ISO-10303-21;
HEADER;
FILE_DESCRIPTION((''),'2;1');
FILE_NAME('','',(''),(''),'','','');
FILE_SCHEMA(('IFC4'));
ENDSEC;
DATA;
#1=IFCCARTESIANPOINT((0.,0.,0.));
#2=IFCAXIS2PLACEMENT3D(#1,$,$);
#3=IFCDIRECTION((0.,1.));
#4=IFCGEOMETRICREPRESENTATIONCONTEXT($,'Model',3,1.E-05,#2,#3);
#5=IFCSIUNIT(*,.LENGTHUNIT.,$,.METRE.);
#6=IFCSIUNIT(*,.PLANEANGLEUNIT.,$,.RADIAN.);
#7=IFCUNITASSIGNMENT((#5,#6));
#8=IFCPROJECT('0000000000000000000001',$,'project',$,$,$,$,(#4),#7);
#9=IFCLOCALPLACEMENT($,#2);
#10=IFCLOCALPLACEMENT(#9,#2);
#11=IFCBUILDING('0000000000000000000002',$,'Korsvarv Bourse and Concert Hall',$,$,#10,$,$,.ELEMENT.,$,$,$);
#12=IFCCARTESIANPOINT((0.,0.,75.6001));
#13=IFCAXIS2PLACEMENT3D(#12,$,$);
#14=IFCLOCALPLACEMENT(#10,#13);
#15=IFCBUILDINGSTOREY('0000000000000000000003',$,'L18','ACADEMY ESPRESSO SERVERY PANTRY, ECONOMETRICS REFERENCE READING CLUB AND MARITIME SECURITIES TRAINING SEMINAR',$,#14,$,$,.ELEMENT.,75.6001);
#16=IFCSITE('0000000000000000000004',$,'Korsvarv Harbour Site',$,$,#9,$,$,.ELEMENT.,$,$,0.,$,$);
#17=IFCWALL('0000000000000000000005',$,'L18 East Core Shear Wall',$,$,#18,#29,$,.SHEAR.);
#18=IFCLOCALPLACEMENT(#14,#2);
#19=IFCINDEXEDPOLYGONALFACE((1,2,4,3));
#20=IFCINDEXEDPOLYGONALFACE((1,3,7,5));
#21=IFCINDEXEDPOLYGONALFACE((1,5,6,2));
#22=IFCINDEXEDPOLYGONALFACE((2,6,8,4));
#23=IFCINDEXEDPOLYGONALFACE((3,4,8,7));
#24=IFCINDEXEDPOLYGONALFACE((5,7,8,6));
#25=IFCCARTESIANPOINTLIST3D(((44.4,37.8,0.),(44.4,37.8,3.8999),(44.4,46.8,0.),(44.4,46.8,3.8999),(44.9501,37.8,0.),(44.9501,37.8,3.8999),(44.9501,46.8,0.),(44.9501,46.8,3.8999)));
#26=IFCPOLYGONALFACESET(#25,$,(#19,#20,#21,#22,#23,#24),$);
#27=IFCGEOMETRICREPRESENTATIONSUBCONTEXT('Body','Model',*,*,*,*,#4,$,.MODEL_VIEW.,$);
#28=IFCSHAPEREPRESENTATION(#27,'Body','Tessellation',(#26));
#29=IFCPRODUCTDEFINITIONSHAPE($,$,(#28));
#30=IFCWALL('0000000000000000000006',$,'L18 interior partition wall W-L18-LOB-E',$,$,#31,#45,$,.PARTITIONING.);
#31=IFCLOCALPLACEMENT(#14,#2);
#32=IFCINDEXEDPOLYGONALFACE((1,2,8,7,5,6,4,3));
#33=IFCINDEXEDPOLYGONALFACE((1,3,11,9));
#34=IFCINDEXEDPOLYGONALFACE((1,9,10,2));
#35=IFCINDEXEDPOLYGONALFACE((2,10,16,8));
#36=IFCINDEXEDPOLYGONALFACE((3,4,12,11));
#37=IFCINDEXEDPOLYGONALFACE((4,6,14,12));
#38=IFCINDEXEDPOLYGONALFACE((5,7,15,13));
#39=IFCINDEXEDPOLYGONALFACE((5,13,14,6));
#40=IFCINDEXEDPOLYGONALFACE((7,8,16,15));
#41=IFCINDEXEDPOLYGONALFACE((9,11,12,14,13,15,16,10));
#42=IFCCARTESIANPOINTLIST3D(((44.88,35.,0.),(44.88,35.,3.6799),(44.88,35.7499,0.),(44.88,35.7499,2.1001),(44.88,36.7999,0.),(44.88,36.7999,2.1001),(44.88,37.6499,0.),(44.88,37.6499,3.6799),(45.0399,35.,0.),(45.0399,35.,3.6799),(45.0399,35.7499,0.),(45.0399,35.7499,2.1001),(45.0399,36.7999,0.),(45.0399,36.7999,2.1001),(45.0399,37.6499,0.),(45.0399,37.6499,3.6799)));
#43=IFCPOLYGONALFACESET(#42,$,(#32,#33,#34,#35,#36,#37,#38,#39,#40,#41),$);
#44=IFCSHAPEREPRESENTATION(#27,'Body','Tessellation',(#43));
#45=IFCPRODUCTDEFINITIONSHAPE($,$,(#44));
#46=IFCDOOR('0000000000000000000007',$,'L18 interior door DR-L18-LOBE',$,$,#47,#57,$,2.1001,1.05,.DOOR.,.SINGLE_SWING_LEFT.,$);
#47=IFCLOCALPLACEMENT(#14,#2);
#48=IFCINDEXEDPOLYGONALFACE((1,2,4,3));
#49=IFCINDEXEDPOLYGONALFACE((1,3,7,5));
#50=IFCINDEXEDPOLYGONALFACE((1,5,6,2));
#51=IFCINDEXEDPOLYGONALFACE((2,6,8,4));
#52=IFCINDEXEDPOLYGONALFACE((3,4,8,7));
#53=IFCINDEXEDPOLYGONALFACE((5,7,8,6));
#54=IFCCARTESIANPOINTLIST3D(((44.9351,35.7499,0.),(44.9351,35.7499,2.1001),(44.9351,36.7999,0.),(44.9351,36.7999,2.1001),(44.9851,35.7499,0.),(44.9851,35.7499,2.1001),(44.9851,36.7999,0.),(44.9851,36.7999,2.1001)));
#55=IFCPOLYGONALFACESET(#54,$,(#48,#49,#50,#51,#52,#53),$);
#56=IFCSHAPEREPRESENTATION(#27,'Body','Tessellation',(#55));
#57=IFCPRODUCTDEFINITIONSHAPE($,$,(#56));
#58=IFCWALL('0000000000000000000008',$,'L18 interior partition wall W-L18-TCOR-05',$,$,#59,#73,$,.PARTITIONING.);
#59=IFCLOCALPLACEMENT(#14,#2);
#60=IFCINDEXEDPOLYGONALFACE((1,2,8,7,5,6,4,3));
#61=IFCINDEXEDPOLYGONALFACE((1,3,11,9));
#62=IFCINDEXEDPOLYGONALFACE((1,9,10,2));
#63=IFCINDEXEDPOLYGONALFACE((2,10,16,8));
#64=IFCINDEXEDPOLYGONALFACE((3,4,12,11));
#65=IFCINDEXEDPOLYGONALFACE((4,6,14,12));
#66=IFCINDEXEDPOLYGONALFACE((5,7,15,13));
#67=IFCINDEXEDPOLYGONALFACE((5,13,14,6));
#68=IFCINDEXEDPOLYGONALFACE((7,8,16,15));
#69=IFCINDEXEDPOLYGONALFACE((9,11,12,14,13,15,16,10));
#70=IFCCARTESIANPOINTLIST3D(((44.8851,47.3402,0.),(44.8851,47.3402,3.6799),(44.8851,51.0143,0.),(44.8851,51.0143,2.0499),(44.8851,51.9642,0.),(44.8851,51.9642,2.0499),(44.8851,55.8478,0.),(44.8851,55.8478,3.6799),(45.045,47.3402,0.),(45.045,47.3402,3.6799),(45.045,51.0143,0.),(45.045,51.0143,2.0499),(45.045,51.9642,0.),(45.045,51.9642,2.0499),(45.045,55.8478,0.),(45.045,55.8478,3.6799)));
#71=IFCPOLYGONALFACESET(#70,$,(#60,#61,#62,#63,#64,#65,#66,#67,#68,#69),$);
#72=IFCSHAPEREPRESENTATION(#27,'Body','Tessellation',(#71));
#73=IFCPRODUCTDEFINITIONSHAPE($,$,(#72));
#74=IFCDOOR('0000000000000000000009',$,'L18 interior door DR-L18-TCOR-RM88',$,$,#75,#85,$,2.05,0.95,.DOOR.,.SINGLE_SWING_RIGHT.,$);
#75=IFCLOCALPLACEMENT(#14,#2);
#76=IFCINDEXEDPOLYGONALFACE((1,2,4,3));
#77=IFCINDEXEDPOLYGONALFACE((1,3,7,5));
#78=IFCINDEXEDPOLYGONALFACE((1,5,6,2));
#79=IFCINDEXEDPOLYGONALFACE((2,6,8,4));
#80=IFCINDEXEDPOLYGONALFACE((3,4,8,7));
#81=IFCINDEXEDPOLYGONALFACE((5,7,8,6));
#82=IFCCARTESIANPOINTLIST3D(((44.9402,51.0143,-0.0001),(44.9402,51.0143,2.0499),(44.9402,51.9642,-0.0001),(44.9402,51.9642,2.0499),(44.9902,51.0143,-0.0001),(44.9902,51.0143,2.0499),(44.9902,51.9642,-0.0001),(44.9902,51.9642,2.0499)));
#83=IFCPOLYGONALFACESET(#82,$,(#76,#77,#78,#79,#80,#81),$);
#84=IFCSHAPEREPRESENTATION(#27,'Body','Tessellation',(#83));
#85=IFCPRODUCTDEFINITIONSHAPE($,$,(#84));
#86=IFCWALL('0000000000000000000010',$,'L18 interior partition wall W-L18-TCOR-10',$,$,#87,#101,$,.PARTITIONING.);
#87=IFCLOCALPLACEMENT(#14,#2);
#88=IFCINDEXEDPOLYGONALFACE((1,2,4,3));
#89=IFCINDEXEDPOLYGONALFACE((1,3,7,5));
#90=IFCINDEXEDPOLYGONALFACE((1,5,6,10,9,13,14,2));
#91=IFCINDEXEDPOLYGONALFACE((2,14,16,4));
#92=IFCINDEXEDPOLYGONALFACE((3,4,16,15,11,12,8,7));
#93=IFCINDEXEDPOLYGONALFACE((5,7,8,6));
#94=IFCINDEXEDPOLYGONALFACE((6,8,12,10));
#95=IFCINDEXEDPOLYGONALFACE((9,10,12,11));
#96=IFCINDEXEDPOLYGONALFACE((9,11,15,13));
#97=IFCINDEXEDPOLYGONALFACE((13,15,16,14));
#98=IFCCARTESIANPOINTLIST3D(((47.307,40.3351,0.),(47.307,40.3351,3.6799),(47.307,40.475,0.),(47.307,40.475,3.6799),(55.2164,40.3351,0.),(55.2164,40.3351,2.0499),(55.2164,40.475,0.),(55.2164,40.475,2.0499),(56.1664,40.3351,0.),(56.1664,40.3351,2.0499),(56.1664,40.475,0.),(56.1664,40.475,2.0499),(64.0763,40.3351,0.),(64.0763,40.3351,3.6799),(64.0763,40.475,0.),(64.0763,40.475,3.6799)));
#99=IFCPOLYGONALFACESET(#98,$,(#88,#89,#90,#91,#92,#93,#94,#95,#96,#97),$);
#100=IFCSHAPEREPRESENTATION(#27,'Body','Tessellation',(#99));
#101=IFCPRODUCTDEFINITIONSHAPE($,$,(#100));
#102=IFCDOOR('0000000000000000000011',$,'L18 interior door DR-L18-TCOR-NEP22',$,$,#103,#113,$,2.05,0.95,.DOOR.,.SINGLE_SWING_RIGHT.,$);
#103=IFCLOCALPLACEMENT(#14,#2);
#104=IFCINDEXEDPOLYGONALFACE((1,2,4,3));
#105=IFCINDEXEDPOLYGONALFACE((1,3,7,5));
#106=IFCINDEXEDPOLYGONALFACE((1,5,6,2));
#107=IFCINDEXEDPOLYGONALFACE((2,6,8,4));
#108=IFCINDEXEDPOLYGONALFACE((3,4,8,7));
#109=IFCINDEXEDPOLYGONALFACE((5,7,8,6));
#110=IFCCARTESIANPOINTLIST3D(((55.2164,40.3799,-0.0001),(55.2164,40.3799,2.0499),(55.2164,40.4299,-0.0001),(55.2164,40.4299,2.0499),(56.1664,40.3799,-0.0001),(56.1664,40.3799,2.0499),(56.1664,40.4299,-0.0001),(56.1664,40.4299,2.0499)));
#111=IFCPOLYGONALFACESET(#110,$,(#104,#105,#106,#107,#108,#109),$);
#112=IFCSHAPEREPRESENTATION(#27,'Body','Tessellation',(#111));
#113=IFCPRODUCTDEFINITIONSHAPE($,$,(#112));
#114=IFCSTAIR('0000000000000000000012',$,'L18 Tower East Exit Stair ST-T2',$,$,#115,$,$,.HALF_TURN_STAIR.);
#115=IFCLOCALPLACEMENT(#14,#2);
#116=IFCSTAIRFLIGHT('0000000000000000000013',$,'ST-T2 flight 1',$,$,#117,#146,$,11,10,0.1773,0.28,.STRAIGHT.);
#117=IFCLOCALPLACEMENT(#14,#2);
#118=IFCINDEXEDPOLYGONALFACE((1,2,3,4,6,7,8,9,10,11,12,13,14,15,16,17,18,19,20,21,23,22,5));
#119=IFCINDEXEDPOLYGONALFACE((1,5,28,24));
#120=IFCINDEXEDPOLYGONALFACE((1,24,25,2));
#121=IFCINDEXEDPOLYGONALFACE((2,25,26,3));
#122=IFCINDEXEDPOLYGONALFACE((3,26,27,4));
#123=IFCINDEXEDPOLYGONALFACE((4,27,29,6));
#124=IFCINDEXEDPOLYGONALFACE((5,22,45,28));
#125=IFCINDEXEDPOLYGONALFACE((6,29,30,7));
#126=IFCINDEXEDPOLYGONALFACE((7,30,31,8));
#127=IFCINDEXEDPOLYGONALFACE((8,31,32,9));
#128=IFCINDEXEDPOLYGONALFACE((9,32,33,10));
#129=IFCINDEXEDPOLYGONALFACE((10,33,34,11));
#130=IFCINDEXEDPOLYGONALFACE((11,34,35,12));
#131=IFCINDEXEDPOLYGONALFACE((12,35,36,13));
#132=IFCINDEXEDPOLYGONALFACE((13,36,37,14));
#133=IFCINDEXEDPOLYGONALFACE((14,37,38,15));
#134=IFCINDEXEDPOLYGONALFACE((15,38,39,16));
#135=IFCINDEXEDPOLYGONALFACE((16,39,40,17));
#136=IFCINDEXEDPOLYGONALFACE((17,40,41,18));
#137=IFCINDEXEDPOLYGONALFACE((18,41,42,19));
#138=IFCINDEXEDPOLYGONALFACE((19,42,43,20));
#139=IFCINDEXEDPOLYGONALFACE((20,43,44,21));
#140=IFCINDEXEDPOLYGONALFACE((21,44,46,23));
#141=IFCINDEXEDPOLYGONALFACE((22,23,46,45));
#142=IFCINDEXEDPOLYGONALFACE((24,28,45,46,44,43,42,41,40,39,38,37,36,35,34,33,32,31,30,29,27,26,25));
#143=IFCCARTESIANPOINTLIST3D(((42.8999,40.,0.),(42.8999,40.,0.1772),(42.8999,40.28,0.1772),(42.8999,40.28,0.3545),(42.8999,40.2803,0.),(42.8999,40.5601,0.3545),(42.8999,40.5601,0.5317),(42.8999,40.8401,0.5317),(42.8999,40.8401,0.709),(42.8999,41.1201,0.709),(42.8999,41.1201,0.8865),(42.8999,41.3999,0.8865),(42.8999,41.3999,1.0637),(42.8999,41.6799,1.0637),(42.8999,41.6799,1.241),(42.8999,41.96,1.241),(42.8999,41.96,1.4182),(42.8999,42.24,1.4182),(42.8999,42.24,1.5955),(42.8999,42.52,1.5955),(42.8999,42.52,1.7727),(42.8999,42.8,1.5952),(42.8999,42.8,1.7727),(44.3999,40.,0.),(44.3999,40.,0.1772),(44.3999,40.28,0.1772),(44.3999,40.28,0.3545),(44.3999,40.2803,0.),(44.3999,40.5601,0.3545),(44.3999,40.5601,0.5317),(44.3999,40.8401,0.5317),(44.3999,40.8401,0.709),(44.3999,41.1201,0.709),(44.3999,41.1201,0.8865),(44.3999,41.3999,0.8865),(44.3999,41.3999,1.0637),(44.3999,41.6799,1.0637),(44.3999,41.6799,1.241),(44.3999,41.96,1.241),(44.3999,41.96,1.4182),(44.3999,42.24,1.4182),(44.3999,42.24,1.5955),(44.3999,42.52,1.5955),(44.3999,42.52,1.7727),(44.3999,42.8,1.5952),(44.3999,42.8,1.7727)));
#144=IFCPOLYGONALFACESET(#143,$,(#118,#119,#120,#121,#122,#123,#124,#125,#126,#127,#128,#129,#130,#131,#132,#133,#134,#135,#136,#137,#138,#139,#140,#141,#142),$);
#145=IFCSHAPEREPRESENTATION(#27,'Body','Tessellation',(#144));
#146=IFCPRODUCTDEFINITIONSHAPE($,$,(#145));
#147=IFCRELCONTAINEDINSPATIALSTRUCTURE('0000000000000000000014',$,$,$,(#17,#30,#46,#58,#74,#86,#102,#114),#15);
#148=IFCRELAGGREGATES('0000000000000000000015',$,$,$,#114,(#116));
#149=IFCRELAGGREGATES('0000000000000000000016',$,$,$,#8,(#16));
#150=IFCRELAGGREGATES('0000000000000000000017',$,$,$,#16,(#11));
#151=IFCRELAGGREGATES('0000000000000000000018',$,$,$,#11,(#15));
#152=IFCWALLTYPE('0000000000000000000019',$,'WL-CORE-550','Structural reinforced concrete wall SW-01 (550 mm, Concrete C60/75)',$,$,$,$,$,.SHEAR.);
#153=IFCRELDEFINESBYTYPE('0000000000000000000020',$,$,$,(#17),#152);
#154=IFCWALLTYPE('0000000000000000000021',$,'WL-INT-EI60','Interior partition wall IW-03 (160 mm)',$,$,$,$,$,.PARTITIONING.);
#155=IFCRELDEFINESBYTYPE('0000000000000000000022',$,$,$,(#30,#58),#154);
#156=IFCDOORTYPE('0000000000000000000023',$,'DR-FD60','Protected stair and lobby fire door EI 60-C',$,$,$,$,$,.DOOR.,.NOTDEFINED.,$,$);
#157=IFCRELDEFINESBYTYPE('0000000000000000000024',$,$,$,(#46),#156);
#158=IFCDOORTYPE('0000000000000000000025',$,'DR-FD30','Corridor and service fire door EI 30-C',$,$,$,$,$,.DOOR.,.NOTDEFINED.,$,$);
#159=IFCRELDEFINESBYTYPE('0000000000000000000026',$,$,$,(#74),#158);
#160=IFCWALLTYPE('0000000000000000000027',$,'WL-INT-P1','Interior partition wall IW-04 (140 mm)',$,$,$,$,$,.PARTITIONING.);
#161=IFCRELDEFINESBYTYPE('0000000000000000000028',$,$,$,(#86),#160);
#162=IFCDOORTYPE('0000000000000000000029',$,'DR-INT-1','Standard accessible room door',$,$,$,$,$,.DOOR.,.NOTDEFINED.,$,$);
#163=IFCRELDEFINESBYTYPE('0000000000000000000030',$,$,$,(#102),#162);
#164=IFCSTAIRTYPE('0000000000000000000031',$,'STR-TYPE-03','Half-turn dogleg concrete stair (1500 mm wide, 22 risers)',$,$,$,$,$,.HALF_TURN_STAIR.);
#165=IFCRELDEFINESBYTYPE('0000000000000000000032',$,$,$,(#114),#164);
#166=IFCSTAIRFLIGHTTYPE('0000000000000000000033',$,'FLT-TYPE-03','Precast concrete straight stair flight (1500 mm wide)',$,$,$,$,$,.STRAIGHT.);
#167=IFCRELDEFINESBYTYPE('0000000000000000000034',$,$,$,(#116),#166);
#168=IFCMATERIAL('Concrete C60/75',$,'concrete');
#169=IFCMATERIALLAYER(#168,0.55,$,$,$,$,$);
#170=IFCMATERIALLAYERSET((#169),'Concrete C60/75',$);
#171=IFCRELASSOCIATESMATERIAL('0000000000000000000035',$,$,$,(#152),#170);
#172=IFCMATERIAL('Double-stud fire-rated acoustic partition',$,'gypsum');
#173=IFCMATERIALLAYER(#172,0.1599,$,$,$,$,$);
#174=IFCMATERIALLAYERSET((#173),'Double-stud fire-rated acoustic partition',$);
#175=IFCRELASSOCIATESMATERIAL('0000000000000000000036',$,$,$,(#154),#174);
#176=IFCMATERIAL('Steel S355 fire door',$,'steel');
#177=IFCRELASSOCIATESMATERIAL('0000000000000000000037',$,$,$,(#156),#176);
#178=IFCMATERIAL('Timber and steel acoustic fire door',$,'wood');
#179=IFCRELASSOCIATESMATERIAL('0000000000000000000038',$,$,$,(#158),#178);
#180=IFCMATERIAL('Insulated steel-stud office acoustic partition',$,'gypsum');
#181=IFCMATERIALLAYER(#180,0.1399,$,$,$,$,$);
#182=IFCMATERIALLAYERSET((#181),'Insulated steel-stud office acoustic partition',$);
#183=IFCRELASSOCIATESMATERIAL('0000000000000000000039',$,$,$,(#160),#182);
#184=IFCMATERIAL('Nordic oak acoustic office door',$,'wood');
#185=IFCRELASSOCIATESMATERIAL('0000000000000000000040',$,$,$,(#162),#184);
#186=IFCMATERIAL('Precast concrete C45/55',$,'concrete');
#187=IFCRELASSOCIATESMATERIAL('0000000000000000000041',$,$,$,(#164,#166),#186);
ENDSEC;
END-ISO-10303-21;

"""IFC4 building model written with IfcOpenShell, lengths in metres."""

from ifc_helpers import new_model, si_unit, direction, frame, frame_2d, origin, place, context, subcontext, project, spatial, polyline, rectangle, outline, extrude, material, layer, layer_set, type_object, element, fill, aggregate, save


model = new_model("IFC4")

# Units and contexts
model_context = context("Model", 3, precision=1e-05, world=origin(), true_north=direction((0.0, 1.0)))
body_context = subcontext(model_context, "Body", "Model", "MODEL_VIEW")
ifc_project = project(units=[si_unit("LENGTHUNIT", "METRE"), si_unit("PLANEANGLEUNIT", "RADIAN")], contexts=[model_context])

# Site, building, storey
site_placement = place(None, origin())
site = spatial("IfcSite", under=ifc_project, at=site_placement, Name="Korsvarv Harbour Site", CompositionType="ELEMENT", RefElevation=0.0)
building_placement = place(site_placement, origin())
building = spatial("IfcBuilding", under=site, at=building_placement, Name="Korsvarv Bourse and Concert Hall", CompositionType="ELEMENT")
storey_placement = place(building_placement, frame((0.0, 0.0, 75.6001)))
storey = spatial("IfcBuildingStorey", under=building, at=storey_placement, Name="L18", Description="ACADEMY ESPRESSO SERVERY PANTRY, ECONOMETRICS REFERENCE READING CLUB AND MARITIME SECURITIES TRAINING SEMINAR", CompositionType="ELEMENT", Elevation=75.6001)

# Shared definitions
ifc_material_1 = material(Name="Concrete C60/75", Category="concrete")

# Wall
ifc_layer_1 = layer(ifc_material_1, 0.55)
ifc_layer_set_1 = layer_set([ifc_layer_1], Name="Concrete C60/75")
wall_type_1 = type_object("IfcWallType", Name="WL-CORE-550", Description="Structural reinforced concrete wall SW-01 (550 mm, Concrete C60/75)", PredefinedType="SHEAR", material=ifc_layer_set_1)
wall_1_placement = place(storey_placement, frame((44.675, 37.8, 0.0), z_axis=(0.0, 0.0, 1.0), x_axis=(0.0, 1.0, 0.0)))
element("IfcWall", 1, at=wall_1_placement, inside=storey, type_object=wall_type_1, Name="L18 East Core Shear Wall", PredefinedType="SHEAR", context=body_context, shape_type="SweptSolid", body=[
    extrude(rectangle(XDim=9.0, YDim=0.55, at=frame_2d((4.5, 0.0))), origin(), (0.0, 0.0, 1.0), 3.8999),
])

# Walls, openings, doors
ifc_material_2 = material(Name="Double-stud fire-rated acoustic partition", Category="gypsum")
ifc_layer_2 = layer(ifc_material_2, 0.1599)
ifc_layer_set_2 = layer_set([ifc_layer_2], Name="Double-stud fire-rated acoustic partition")
wall_type_2 = type_object("IfcWallType", Name="WL-INT-EI60", Description="Interior partition wall IW-03 (160 mm)", PredefinedType="PARTITIONING", material=ifc_layer_set_2)
wall_2_placement = place(storey_placement, frame((44.96, 35.0, 0.0), z_axis=(0.0, 0.0, 1.0), x_axis=(0.0, 1.0, 0.0)))
wall_2 = element("IfcWall", 2, at=wall_2_placement, inside=storey, type_object=wall_type_2, Name="L18 interior partition wall W-L18-LOB-E", PredefinedType="PARTITIONING", context=body_context, shape_type="SweptSolid", body=[
    extrude(rectangle(XDim=2.6499, YDim=0.1599, at=frame_2d((1.325, 0.0))), origin(), (0.0, 0.0, 1.0), 3.6799),
])
opening_1_placement = place(wall_2_placement, frame((0.75, 0.0, 0.0)))
opening_1 = element("IfcOpeningElement", 3, at=opening_1_placement, cuts=wall_2, PredefinedType="OPENING", context=body_context, shape_type="SweptSolid", body=[
    extrude(rectangle(XDim=1.05, YDim=2.1001, at=frame_2d((0.5249, 1.05))), frame((0.0, 0.0898, 0.0), z_axis=(0.0, -1.0, 0.0), x_axis=(1.0, 0.0, 0.0)), (0.0, 0.0, 1.0), 0.1799),
])
ifc_material_3 = material(Name="Steel S355 fire door", Category="steel")
door_type_1 = type_object("IfcDoorType", Name="DR-FD60", Description="Protected stair and lobby fire door EI 60-C", OperationType="NOTDEFINED", PredefinedType="DOOR", material=ifc_material_3)
door_1_placement = place(opening_1_placement, origin())
door_1 = element("IfcDoor", 4, at=door_1_placement, inside=storey, type_object=door_type_1, Name="L18 interior door DR-L18-LOBE", OperationType="SINGLE_SWING_LEFT", OverallHeight=2.1001, OverallWidth=1.05, PredefinedType="DOOR", context=body_context, shape_type="SweptSolid", body=[
    extrude(rectangle(XDim=1.05, YDim=2.1001, at=frame_2d((0.5249, 1.05))), frame((0.0, 0.0249, 0.0), z_axis=(0.0, -1.0, 0.0), x_axis=(1.0, 0.0, 0.0)), (0.0, 0.0, 1.0), 0.05),
])
fill(opening_1, door_1)
wall_3_placement = place(storey_placement, frame((44.9651, 47.3401, 0.0), z_axis=(0.0, 0.0, 1.0), x_axis=(0.0, 1.0, 0.0)))
wall_3 = element("IfcWall", 5, at=wall_3_placement, inside=storey, type_object=wall_type_2, Name="L18 interior partition wall W-L18-TCOR-05", PredefinedType="PARTITIONING", context=body_context, shape_type="SweptSolid", body=[
    extrude(rectangle(XDim=8.5076, YDim=0.1599, at=frame_2d((4.2539, 0.0))), origin(), (0.0, 0.0, 1.0), 3.6799),
])
opening_2_placement = place(wall_3_placement, frame((3.6741, 0.0, 0.0)))
opening_2 = element("IfcOpeningElement", 6, at=opening_2_placement, cuts=wall_3, PredefinedType="OPENING", context=body_context, shape_type="SweptSolid", body=[
    extrude(rectangle(XDim=0.95, YDim=2.05, at=frame_2d((0.4751, 1.0249))), frame((0.0, 0.0898, 0.0), z_axis=(0.0, -1.0, 0.0), x_axis=(1.0, 0.0, 0.0)), (0.0, 0.0, 1.0), 0.1799),
])
ifc_material_4 = material(Name="Timber and steel acoustic fire door", Category="wood")
door_type_2 = type_object("IfcDoorType", Name="DR-FD30", Description="Corridor and service fire door EI 30-C", OperationType="NOTDEFINED", PredefinedType="DOOR", material=ifc_material_4)
door_2_placement = place(opening_2_placement, origin())
door_2 = element("IfcDoor", 7, at=door_2_placement, inside=storey, type_object=door_type_2, Name="L18 interior door DR-L18-TCOR-RM88", OperationType="SINGLE_SWING_RIGHT", OverallHeight=2.05, OverallWidth=0.95, PredefinedType="DOOR", context=body_context, shape_type="SweptSolid", body=[
    extrude(rectangle(XDim=0.95, YDim=2.05, at=frame_2d((0.4751, 1.0249))), frame((0.0, 0.0249, 0.0), z_axis=(0.0, -1.0, 0.0), x_axis=(1.0, 0.0, 0.0)), (0.0, 0.0, 1.0), 0.05),
])
fill(opening_2, door_2)
ifc_material_5 = material(Name="Insulated steel-stud office acoustic partition", Category="gypsum")
ifc_layer_3 = layer(ifc_material_5, 0.1399)
ifc_layer_set_3 = layer_set([ifc_layer_3], Name="Insulated steel-stud office acoustic partition")
wall_type_3 = type_object("IfcWallType", Name="WL-INT-P1", Description="Interior partition wall IW-04 (140 mm)", PredefinedType="PARTITIONING", material=ifc_layer_set_3)
wall_4_placement = place(storey_placement, frame((47.3069, 40.405, 0.0), z_axis=(0.0, 0.0, 1.0), x_axis=(1.0, 0.0, 0.0)))
wall_4 = element("IfcWall", 8, at=wall_4_placement, inside=storey, type_object=wall_type_3, Name="L18 interior partition wall W-L18-TCOR-10", PredefinedType="PARTITIONING", context=body_context, shape_type="SweptSolid", body=[
    extrude(rectangle(XDim=16.7693, YDim=0.1399, at=frame_2d((8.3848, 0.0))), origin(), (0.0, 0.0, 1.0), 3.6799),
])
opening_3_placement = place(wall_4_placement, frame((7.9094, 0.0, 0.0)))
opening_3 = element("IfcOpeningElement", 9, at=opening_3_placement, cuts=wall_4, PredefinedType="OPENING", context=body_context, shape_type="SweptSolid", body=[
    extrude(rectangle(XDim=0.95, YDim=2.05, at=frame_2d((0.4751, 1.0249))), frame((0.0, 0.0801, 0.0), z_axis=(0.0, -1.0, 0.0), x_axis=(1.0, 0.0, 0.0)), (0.0, 0.0, 1.0), 0.1599),
])
ifc_material_6 = material(Name="Nordic oak acoustic office door", Category="wood")
door_type_3 = type_object("IfcDoorType", Name="DR-INT-1", Description="Standard accessible room door", OperationType="NOTDEFINED", PredefinedType="DOOR", material=ifc_material_6)
door_3_placement = place(opening_3_placement, origin())
door_3 = element("IfcDoor", 10, at=door_3_placement, inside=storey, type_object=door_type_3, Name="L18 interior door DR-L18-TCOR-NEP22", OperationType="SINGLE_SWING_RIGHT", OverallHeight=2.05, OverallWidth=0.95, PredefinedType="DOOR", context=body_context, shape_type="SweptSolid", body=[
    extrude(rectangle(XDim=0.95, YDim=2.05, at=frame_2d((0.4751, 1.0249))), frame((0.0, 0.0249, 0.0), z_axis=(0.0, -1.0, 0.0), x_axis=(1.0, 0.0, 0.0)), (0.0, 0.0, 1.0), 0.05),
])
fill(opening_3, door_3)

# Stair, stair flight
ifc_material_7 = material(Name="Precast concrete C45/55", Category="concrete")
stair_type = type_object("IfcStairType", Name="STR-TYPE-03", Description="Half-turn dogleg concrete stair (1500 mm wide, 22 risers)", PredefinedType="HALF_TURN_STAIR", material=ifc_material_7)
stair_placement = place(storey_placement, origin())
stair = element("IfcStair", 11, at=stair_placement, inside=storey, type_object=stair_type, Name="L18 Tower East Exit Stair ST-T2", PredefinedType="HALF_TURN_STAIR")
stair_flight_type = type_object("IfcStairFlightType", Name="FLT-TYPE-03", Description="Precast concrete straight stair flight (1500 mm wide)", PredefinedType="STRAIGHT", material=ifc_material_7)
stair_flight_placement = place(storey_placement, frame((43.6499, 40.0, 0.0), z_axis=(0.0, 0.0, 1.0), x_axis=(0.0, 1.0, 0.0)))
stair_flight = element("IfcStairFlight", 12, at=stair_flight_placement, type_object=stair_flight_type, Name="ST-T2 flight 1", NumberOfRisers=11, NumberOfTreads=10, PredefinedType="STRAIGHT", RiserHeight=0.1773, TreadLength=0.28, context=body_context, shape_type="SweptSolid", body=[
    extrude(outline(polyline([(0.0, 0.0), (0.0, 0.1772), (0.28, 0.1772), (0.28, 0.3545), (0.5601, 0.3545), (0.5601, 0.5317), (0.8401, 0.5317), (0.8401, 0.709), (1.1201, 0.709), (1.1201, 0.8865), (1.3999, 0.8865), (1.3999, 1.0637), (1.6799, 1.0637), (1.6799, 1.241), (1.96, 1.241), (1.96, 1.4182), (2.24, 1.4182), (2.24, 1.5955), (2.52, 1.5955), (2.52, 1.7727), (2.8, 1.7727), (2.8, 1.95), (2.8, 1.5952), (0.2803, 0.0), (0.0, 0.0)])), frame((0.0, 0.75, 0.0), z_axis=(0.0, -1.0, 0.0), x_axis=(1.0, 0.0, 0.0)), (0.0, 0.0, 1.0), 1.5),
])
aggregate(stair, [stair_flight])

save(model, "model.ifc")
